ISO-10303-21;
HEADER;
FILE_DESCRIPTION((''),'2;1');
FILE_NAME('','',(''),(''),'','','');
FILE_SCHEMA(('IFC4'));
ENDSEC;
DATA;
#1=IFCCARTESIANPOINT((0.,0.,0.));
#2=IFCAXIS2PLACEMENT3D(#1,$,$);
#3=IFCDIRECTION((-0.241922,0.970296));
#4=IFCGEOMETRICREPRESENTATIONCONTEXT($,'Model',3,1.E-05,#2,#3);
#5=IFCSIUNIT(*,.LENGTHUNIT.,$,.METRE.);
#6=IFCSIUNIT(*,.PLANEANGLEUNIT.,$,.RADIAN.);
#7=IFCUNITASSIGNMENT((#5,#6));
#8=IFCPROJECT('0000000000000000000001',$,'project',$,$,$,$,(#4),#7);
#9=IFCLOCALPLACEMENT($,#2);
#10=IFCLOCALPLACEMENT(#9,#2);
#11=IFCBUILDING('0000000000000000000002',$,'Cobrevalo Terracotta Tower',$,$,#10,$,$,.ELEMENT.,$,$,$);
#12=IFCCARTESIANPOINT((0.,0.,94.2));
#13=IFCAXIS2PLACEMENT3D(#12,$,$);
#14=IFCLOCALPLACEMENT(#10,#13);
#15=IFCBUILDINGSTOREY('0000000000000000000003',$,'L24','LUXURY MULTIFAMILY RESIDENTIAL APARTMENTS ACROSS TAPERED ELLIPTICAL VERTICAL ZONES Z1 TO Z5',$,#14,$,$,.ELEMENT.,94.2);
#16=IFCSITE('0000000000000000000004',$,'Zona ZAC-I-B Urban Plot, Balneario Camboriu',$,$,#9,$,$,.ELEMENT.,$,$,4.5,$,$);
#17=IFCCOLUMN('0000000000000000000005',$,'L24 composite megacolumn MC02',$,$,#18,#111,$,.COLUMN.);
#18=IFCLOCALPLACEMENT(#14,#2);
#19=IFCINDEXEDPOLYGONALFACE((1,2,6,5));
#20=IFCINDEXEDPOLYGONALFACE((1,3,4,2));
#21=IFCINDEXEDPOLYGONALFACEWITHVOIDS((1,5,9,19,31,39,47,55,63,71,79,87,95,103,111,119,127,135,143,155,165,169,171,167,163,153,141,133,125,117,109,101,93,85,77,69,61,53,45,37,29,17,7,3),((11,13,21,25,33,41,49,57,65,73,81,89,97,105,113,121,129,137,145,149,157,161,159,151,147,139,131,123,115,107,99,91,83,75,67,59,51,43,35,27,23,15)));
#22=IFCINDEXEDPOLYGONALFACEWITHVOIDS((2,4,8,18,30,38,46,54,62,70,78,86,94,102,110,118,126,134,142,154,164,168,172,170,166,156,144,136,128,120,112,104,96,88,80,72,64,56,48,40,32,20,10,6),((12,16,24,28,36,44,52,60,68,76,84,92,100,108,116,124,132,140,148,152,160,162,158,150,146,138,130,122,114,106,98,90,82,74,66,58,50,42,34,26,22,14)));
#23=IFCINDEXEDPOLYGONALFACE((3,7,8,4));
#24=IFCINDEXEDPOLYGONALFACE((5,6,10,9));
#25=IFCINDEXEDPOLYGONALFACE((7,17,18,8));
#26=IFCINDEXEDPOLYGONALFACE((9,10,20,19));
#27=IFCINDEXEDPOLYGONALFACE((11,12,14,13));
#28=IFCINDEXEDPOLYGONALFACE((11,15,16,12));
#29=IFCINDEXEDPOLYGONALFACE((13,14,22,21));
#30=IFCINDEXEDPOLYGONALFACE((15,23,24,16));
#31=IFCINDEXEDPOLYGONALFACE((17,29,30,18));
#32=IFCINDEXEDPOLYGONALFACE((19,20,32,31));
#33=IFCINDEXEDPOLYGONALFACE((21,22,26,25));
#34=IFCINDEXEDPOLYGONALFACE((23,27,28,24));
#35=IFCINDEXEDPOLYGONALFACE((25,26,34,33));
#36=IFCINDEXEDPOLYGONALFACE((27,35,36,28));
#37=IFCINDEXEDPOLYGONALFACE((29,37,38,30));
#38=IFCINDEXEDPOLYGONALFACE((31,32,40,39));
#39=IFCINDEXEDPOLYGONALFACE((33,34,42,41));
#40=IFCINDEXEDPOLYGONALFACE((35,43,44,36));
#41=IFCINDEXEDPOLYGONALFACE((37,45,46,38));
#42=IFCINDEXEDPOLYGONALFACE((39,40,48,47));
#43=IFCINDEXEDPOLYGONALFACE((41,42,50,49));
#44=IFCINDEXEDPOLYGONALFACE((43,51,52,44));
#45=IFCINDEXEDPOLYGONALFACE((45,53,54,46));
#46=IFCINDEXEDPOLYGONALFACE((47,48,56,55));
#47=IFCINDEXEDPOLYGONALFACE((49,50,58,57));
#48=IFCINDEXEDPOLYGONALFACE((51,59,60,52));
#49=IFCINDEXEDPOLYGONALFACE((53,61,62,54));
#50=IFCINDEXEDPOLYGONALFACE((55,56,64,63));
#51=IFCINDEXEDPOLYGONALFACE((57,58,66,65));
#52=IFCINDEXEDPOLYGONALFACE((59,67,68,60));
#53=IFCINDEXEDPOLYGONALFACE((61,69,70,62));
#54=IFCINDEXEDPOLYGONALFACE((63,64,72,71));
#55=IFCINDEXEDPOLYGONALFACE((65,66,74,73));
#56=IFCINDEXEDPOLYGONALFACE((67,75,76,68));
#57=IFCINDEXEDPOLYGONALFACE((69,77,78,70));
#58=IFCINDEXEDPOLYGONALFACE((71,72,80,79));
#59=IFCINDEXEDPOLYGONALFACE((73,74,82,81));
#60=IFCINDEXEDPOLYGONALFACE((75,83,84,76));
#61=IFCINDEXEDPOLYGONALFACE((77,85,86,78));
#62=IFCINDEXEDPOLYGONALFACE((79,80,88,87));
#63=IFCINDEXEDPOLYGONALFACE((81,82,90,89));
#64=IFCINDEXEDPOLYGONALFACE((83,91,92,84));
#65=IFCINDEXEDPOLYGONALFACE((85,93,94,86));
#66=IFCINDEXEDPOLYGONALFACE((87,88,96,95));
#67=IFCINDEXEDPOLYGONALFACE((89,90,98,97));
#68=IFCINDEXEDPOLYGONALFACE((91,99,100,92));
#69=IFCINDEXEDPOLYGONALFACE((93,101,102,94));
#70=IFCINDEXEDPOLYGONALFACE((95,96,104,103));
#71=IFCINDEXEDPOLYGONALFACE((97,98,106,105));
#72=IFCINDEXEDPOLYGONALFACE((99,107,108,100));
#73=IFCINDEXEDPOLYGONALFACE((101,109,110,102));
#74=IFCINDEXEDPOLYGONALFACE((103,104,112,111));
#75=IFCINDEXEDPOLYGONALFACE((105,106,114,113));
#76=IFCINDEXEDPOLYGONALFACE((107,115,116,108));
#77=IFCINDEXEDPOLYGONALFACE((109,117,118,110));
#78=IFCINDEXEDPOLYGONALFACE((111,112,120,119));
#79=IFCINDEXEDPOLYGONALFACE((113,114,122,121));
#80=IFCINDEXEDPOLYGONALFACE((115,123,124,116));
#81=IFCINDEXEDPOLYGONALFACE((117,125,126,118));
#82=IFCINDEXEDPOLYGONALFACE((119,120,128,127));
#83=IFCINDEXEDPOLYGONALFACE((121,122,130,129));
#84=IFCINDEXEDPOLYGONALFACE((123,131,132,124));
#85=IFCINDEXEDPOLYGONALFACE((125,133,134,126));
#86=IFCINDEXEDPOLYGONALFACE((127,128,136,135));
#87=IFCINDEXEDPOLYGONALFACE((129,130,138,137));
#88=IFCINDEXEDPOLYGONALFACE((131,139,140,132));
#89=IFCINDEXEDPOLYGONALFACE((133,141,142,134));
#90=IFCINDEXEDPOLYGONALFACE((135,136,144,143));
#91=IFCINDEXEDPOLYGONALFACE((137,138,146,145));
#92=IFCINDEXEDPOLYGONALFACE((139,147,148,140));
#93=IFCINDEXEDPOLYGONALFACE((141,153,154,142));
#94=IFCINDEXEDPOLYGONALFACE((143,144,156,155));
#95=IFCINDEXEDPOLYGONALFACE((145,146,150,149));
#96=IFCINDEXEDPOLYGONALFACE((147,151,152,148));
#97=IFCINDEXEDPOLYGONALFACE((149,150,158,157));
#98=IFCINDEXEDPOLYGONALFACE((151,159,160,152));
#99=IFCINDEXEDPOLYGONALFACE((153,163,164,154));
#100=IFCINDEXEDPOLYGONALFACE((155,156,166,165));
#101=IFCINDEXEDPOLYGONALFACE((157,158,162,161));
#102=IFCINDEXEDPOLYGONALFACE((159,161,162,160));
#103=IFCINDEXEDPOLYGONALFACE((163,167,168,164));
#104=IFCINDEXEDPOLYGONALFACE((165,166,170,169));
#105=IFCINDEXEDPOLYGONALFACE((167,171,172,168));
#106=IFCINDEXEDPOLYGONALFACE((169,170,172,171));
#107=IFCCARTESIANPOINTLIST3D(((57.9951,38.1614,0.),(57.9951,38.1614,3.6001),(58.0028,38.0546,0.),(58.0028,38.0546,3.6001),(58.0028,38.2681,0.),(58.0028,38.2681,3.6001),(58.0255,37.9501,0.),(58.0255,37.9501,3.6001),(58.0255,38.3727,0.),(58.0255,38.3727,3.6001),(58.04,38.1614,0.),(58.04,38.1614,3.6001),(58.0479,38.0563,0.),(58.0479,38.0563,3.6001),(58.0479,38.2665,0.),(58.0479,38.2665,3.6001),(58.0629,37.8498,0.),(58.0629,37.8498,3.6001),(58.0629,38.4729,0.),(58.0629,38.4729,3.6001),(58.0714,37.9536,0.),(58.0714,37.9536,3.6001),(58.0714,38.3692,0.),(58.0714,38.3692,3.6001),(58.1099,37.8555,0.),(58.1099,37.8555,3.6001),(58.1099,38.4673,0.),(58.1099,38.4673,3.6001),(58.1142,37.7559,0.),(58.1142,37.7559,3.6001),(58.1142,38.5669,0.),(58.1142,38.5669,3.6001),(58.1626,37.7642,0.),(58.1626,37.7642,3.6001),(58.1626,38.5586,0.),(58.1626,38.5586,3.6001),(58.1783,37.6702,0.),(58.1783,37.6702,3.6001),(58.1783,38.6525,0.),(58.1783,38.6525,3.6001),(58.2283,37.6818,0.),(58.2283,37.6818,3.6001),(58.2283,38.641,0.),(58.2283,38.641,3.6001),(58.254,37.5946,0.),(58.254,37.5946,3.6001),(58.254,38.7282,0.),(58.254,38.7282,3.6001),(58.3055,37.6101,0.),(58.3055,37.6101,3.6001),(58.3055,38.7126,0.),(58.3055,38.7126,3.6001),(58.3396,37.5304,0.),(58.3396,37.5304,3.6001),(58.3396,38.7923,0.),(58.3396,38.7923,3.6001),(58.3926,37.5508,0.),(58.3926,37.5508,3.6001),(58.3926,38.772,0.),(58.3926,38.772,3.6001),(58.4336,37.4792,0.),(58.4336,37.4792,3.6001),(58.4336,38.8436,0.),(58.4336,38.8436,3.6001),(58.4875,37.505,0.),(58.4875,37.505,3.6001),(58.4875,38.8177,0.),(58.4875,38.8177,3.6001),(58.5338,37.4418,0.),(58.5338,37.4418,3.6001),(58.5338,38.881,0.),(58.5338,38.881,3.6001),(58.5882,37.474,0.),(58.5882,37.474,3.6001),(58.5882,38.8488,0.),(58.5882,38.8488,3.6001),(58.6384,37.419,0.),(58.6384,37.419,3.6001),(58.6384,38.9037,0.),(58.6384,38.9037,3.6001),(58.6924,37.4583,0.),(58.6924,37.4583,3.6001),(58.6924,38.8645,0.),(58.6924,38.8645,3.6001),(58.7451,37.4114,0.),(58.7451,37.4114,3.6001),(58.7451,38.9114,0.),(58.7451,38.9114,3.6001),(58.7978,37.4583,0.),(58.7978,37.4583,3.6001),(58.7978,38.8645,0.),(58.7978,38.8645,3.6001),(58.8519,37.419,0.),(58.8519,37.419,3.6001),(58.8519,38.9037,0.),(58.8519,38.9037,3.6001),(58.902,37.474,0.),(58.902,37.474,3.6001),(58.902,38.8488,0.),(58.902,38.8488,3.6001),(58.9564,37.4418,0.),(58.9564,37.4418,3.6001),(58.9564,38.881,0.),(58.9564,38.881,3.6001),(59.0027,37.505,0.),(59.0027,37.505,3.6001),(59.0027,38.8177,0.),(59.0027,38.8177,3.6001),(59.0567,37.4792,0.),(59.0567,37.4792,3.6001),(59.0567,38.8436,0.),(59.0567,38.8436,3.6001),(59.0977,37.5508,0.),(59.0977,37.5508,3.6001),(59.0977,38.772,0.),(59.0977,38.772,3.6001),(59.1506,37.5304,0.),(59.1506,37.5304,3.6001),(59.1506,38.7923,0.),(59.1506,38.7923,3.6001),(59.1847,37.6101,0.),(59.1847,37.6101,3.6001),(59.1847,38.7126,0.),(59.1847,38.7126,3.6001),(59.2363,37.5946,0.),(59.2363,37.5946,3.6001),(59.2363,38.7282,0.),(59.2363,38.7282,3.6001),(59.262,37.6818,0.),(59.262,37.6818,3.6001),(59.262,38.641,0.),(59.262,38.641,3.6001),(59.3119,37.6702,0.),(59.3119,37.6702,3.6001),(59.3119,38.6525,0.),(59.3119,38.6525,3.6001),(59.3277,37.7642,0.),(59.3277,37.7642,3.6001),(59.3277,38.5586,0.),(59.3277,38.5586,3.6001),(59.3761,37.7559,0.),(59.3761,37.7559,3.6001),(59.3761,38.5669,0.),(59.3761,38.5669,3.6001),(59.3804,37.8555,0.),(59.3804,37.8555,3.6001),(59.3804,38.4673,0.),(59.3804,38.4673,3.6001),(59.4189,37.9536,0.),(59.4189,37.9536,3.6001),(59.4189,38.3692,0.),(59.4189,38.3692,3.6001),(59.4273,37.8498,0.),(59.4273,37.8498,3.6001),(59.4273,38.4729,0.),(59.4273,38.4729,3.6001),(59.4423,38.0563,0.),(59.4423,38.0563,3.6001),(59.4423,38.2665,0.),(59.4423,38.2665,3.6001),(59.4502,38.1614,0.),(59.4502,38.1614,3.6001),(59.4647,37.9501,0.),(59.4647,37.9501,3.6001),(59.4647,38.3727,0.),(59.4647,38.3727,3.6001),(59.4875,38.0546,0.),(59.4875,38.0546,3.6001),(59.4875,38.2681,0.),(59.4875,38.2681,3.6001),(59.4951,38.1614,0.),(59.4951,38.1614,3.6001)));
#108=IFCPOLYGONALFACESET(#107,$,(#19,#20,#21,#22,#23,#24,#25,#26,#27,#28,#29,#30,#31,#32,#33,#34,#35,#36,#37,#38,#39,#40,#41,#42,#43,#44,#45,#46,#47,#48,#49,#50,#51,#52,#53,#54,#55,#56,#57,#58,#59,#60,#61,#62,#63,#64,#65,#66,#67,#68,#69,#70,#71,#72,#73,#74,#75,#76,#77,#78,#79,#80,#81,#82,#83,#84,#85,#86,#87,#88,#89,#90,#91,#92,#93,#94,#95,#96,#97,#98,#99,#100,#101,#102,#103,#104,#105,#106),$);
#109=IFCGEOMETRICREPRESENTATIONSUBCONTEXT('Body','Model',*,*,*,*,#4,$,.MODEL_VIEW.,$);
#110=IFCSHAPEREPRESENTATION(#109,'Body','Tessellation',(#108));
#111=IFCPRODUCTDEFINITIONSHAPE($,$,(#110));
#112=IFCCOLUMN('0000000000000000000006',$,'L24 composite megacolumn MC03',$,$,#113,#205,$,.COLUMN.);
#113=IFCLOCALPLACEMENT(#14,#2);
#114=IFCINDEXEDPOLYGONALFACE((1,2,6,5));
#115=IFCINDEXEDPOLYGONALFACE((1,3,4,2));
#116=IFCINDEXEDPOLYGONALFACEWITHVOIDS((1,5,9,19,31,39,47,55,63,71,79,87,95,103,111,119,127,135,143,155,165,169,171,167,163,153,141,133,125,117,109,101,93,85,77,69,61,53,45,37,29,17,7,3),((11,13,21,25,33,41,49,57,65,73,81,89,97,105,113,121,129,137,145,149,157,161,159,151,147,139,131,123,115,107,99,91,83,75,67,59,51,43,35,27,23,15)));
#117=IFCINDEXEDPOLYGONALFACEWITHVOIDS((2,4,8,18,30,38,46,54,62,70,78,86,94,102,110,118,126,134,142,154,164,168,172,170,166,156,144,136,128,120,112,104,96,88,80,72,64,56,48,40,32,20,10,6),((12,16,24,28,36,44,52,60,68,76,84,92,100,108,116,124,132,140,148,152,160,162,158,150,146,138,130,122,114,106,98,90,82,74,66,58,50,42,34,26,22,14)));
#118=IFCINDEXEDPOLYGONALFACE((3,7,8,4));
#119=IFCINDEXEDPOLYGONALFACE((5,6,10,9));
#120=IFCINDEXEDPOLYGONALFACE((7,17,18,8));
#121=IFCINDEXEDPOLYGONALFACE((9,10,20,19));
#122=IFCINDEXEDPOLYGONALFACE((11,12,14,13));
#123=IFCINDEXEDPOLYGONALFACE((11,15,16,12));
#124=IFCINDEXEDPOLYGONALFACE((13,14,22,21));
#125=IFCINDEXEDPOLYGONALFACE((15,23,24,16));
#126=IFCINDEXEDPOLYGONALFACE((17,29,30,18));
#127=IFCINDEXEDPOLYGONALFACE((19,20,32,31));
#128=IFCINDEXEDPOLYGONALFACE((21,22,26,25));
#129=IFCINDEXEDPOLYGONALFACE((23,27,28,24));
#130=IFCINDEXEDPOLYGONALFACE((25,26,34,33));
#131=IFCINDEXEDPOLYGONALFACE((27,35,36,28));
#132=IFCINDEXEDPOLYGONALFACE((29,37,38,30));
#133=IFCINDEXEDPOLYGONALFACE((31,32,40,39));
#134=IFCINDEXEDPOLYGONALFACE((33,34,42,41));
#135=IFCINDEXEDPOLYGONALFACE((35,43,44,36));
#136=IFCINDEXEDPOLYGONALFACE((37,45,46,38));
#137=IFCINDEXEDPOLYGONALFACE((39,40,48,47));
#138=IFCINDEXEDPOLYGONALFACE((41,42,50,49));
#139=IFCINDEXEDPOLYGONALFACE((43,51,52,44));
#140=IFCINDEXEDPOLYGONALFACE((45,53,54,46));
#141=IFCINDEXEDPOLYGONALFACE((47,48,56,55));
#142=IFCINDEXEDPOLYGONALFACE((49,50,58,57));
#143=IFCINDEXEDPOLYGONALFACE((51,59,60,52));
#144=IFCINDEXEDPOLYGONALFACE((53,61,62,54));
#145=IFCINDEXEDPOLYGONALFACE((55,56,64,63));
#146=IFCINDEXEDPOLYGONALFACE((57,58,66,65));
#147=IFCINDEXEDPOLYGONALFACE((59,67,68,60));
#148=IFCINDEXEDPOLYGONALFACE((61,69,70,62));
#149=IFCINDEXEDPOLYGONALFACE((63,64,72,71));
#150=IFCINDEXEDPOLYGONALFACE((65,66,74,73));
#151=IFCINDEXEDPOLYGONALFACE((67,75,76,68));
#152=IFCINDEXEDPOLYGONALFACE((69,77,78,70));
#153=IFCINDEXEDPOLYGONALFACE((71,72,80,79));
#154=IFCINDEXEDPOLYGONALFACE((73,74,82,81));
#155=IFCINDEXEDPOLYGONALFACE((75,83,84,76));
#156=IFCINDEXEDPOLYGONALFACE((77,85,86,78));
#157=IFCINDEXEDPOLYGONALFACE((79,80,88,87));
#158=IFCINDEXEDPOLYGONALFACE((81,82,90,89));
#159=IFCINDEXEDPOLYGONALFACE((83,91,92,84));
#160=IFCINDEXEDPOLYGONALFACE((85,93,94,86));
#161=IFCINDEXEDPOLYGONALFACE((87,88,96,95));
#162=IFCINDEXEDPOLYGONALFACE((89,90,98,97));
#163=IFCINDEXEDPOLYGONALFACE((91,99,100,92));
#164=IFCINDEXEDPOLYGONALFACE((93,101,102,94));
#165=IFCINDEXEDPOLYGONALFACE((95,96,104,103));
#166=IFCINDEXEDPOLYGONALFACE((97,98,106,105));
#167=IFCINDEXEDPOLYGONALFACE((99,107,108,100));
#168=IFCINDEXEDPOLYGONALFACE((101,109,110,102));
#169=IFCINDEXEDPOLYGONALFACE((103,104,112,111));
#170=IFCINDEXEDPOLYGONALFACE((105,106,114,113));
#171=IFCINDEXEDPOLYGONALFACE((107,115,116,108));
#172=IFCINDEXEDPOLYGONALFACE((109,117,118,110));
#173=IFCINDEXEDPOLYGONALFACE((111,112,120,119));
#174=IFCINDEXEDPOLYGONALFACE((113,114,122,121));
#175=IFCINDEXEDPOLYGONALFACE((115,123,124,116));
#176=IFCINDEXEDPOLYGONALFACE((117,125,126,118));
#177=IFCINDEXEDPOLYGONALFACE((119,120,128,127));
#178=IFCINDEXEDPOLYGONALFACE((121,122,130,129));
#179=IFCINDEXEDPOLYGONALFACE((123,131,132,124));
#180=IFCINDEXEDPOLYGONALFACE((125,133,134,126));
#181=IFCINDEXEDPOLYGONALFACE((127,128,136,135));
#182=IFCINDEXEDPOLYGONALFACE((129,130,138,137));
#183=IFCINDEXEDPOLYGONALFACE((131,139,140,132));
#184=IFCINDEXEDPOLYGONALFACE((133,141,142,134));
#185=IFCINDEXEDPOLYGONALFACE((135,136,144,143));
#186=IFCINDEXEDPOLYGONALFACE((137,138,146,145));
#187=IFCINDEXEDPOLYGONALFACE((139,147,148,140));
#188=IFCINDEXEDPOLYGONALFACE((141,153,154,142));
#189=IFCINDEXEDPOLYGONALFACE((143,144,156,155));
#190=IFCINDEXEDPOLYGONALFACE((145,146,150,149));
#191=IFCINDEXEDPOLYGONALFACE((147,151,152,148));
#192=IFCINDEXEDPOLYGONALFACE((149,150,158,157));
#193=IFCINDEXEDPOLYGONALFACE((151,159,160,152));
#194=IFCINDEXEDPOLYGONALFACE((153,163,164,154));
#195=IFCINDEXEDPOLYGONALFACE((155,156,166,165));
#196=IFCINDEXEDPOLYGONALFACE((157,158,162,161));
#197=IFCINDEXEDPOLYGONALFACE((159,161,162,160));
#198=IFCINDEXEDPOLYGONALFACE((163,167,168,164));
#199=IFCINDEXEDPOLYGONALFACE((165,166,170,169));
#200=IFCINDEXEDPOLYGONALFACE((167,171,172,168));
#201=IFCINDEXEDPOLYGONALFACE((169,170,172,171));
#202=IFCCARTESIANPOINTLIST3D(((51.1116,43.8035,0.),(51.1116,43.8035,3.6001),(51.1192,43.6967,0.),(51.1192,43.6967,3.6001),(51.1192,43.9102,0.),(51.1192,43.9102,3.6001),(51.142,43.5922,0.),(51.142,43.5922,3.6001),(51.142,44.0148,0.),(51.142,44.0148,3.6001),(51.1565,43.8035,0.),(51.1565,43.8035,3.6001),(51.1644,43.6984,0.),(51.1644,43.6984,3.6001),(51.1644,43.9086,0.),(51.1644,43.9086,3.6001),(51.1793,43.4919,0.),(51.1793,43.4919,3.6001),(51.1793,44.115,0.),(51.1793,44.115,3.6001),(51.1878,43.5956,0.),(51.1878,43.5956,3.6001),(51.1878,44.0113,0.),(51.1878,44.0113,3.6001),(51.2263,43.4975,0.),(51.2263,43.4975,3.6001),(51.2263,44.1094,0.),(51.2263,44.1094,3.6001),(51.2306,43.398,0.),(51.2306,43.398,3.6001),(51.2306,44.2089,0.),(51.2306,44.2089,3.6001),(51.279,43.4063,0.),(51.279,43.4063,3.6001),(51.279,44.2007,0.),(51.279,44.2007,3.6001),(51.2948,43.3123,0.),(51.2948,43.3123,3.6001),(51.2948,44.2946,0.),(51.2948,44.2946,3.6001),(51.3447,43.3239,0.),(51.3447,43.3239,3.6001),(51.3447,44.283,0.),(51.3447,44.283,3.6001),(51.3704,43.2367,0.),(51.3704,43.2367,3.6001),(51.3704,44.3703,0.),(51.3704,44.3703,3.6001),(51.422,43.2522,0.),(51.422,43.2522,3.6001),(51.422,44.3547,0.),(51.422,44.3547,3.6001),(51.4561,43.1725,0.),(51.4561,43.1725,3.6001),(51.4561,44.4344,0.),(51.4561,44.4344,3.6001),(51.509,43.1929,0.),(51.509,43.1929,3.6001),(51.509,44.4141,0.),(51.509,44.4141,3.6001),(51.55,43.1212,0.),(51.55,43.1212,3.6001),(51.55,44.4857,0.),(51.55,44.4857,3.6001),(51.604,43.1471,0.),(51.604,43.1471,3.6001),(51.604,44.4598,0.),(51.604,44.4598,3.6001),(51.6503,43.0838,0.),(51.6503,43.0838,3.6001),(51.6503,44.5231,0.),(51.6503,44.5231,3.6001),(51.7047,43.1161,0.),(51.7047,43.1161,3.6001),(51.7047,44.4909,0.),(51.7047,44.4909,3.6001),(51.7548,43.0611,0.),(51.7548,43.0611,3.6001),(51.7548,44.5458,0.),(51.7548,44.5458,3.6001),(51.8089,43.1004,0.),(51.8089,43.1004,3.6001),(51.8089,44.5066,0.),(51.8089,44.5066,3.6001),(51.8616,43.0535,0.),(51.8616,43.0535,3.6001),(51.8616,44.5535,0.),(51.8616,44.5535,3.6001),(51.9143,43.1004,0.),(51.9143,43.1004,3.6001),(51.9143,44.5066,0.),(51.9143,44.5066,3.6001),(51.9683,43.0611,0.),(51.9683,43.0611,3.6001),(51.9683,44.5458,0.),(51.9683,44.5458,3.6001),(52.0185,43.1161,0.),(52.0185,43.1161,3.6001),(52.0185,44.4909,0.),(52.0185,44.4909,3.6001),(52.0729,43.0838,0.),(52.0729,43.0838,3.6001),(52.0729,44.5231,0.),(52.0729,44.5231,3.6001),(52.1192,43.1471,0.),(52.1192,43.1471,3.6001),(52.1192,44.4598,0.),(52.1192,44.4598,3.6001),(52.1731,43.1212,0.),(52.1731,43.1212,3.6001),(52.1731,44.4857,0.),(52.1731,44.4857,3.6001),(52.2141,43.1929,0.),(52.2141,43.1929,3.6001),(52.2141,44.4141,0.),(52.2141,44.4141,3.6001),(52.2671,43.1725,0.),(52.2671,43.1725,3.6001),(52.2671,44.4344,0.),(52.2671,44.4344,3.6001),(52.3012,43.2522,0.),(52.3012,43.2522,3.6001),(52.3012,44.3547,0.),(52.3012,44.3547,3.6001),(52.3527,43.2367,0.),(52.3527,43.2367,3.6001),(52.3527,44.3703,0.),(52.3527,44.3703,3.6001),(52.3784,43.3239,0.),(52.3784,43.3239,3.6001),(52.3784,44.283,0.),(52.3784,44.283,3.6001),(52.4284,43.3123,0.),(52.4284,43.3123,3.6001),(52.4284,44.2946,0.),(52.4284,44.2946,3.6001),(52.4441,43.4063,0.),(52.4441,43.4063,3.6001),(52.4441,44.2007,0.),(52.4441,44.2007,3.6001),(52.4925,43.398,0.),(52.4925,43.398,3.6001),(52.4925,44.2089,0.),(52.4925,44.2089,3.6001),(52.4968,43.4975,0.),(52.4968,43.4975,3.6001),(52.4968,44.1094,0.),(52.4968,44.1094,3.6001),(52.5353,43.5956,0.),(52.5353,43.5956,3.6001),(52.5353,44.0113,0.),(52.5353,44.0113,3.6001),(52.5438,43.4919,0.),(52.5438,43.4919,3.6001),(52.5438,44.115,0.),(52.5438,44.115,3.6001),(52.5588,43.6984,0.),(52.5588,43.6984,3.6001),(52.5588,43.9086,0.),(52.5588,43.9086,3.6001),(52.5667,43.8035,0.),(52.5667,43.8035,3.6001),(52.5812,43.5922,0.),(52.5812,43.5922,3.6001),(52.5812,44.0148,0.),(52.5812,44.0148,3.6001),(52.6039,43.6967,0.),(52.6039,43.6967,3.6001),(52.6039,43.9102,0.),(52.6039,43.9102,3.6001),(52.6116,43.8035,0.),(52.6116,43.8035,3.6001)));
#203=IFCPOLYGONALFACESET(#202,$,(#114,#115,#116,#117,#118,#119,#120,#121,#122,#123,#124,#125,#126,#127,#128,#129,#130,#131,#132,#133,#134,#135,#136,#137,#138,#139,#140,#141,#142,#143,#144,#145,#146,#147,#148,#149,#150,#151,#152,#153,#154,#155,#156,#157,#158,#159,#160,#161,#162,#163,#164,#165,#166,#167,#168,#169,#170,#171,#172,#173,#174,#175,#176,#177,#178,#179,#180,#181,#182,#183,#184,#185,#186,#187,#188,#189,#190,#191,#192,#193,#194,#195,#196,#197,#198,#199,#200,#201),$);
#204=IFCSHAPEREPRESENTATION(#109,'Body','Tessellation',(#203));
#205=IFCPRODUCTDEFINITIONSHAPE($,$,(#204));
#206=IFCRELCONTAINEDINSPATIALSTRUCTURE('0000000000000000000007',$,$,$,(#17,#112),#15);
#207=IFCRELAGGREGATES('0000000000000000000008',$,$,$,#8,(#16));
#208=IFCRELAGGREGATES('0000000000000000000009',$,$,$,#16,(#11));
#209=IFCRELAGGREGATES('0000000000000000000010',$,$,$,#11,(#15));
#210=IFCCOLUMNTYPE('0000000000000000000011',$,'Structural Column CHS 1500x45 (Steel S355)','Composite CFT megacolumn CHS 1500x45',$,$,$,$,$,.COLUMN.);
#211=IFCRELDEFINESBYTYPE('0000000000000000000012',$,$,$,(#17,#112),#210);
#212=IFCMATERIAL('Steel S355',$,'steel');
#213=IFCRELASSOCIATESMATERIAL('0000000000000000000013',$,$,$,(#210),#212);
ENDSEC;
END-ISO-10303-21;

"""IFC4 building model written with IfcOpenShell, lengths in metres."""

from ifc_helpers import new_model, si_unit, direction, frame, origin, origin_2d, place, context, subcontext, project, spatial, hollow_circle, extrude, material, material_profile, profile_set, type_object, element, save


model = new_model("IFC4")

# Units and contexts
model_context = context("Model", 3, precision=1e-05, world=origin(), true_north=direction((-0.241922, 0.970296)))
body_context = subcontext(model_context, "Body", "Model", "MODEL_VIEW")
ifc_project = project(units=[si_unit("LENGTHUNIT", "METRE"), si_unit("PLANEANGLEUNIT", "RADIAN")], contexts=[model_context])

# Site, building, storey
site_placement = place(None, origin())
site = spatial("IfcSite", under=ifc_project, at=site_placement, Name="Zona ZAC-I-B Urban Plot, Balneario Camboriu", CompositionType="ELEMENT", RefElevation=4.5)
building_placement = place(site_placement, origin())
building = spatial("IfcBuilding", under=site, at=building_placement, Name="Cobrevalo Terracotta Tower", CompositionType="ELEMENT")
storey_placement = place(building_placement, frame((0.0, 0.0, 94.2)))
storey = spatial("IfcBuildingStorey", under=building, at=storey_placement, Name="L24", Description="LUXURY MULTIFAMILY RESIDENTIAL APARTMENTS ACROSS TAPERED ELLIPTICAL VERTICAL ZONES Z1 TO Z5", CompositionType="ELEMENT", Elevation=94.2)

# Columns
ifc_material_1 = material(Name="Steel S355", Category="steel")
ifc_material_profile_1 = material_profile(ifc_material_1, hollow_circle(Radius=0.75, WallThickness=0.0449, at=origin_2d()), Name="CHS 1500x45")
ifc_profile_set_1 = profile_set([ifc_material_profile_1], Name="Steel S355")
column_type = type_object("IfcColumnType", Name="Structural Column CHS 1500x45 (Steel S355)", Description="Composite CFT megacolumn CHS 1500x45", PredefinedType="COLUMN", material=ifc_profile_set_1)
for number, where, z_axis, x_axis, name in (
    (1, (58.7451, 38.1614, 0.0), (0.0, 0.0, 1.0), (1.0, 0.0, 0.0), "L24 composite megacolumn MC02"),
    (2, (51.8616, 43.8035, 0.0), (0.0, 0.0, 1.0), (1.0, 0.0, 0.0), "L24 composite megacolumn MC03"),
):
    element("IfcColumn", number, at=place(storey_placement, frame(where, z_axis=z_axis, x_axis=x_axis)), inside=storey, type_object=column_type, Name=name, PredefinedType="COLUMN", context=body_context, shape_type="SweptSolid", body=[
        extrude(hollow_circle(Radius=0.75, WallThickness=0.0449, at=origin_2d()), origin(), (0.0, 0.0, 1.0), 3.6001),
    ])

save(model, "model.ifc")
